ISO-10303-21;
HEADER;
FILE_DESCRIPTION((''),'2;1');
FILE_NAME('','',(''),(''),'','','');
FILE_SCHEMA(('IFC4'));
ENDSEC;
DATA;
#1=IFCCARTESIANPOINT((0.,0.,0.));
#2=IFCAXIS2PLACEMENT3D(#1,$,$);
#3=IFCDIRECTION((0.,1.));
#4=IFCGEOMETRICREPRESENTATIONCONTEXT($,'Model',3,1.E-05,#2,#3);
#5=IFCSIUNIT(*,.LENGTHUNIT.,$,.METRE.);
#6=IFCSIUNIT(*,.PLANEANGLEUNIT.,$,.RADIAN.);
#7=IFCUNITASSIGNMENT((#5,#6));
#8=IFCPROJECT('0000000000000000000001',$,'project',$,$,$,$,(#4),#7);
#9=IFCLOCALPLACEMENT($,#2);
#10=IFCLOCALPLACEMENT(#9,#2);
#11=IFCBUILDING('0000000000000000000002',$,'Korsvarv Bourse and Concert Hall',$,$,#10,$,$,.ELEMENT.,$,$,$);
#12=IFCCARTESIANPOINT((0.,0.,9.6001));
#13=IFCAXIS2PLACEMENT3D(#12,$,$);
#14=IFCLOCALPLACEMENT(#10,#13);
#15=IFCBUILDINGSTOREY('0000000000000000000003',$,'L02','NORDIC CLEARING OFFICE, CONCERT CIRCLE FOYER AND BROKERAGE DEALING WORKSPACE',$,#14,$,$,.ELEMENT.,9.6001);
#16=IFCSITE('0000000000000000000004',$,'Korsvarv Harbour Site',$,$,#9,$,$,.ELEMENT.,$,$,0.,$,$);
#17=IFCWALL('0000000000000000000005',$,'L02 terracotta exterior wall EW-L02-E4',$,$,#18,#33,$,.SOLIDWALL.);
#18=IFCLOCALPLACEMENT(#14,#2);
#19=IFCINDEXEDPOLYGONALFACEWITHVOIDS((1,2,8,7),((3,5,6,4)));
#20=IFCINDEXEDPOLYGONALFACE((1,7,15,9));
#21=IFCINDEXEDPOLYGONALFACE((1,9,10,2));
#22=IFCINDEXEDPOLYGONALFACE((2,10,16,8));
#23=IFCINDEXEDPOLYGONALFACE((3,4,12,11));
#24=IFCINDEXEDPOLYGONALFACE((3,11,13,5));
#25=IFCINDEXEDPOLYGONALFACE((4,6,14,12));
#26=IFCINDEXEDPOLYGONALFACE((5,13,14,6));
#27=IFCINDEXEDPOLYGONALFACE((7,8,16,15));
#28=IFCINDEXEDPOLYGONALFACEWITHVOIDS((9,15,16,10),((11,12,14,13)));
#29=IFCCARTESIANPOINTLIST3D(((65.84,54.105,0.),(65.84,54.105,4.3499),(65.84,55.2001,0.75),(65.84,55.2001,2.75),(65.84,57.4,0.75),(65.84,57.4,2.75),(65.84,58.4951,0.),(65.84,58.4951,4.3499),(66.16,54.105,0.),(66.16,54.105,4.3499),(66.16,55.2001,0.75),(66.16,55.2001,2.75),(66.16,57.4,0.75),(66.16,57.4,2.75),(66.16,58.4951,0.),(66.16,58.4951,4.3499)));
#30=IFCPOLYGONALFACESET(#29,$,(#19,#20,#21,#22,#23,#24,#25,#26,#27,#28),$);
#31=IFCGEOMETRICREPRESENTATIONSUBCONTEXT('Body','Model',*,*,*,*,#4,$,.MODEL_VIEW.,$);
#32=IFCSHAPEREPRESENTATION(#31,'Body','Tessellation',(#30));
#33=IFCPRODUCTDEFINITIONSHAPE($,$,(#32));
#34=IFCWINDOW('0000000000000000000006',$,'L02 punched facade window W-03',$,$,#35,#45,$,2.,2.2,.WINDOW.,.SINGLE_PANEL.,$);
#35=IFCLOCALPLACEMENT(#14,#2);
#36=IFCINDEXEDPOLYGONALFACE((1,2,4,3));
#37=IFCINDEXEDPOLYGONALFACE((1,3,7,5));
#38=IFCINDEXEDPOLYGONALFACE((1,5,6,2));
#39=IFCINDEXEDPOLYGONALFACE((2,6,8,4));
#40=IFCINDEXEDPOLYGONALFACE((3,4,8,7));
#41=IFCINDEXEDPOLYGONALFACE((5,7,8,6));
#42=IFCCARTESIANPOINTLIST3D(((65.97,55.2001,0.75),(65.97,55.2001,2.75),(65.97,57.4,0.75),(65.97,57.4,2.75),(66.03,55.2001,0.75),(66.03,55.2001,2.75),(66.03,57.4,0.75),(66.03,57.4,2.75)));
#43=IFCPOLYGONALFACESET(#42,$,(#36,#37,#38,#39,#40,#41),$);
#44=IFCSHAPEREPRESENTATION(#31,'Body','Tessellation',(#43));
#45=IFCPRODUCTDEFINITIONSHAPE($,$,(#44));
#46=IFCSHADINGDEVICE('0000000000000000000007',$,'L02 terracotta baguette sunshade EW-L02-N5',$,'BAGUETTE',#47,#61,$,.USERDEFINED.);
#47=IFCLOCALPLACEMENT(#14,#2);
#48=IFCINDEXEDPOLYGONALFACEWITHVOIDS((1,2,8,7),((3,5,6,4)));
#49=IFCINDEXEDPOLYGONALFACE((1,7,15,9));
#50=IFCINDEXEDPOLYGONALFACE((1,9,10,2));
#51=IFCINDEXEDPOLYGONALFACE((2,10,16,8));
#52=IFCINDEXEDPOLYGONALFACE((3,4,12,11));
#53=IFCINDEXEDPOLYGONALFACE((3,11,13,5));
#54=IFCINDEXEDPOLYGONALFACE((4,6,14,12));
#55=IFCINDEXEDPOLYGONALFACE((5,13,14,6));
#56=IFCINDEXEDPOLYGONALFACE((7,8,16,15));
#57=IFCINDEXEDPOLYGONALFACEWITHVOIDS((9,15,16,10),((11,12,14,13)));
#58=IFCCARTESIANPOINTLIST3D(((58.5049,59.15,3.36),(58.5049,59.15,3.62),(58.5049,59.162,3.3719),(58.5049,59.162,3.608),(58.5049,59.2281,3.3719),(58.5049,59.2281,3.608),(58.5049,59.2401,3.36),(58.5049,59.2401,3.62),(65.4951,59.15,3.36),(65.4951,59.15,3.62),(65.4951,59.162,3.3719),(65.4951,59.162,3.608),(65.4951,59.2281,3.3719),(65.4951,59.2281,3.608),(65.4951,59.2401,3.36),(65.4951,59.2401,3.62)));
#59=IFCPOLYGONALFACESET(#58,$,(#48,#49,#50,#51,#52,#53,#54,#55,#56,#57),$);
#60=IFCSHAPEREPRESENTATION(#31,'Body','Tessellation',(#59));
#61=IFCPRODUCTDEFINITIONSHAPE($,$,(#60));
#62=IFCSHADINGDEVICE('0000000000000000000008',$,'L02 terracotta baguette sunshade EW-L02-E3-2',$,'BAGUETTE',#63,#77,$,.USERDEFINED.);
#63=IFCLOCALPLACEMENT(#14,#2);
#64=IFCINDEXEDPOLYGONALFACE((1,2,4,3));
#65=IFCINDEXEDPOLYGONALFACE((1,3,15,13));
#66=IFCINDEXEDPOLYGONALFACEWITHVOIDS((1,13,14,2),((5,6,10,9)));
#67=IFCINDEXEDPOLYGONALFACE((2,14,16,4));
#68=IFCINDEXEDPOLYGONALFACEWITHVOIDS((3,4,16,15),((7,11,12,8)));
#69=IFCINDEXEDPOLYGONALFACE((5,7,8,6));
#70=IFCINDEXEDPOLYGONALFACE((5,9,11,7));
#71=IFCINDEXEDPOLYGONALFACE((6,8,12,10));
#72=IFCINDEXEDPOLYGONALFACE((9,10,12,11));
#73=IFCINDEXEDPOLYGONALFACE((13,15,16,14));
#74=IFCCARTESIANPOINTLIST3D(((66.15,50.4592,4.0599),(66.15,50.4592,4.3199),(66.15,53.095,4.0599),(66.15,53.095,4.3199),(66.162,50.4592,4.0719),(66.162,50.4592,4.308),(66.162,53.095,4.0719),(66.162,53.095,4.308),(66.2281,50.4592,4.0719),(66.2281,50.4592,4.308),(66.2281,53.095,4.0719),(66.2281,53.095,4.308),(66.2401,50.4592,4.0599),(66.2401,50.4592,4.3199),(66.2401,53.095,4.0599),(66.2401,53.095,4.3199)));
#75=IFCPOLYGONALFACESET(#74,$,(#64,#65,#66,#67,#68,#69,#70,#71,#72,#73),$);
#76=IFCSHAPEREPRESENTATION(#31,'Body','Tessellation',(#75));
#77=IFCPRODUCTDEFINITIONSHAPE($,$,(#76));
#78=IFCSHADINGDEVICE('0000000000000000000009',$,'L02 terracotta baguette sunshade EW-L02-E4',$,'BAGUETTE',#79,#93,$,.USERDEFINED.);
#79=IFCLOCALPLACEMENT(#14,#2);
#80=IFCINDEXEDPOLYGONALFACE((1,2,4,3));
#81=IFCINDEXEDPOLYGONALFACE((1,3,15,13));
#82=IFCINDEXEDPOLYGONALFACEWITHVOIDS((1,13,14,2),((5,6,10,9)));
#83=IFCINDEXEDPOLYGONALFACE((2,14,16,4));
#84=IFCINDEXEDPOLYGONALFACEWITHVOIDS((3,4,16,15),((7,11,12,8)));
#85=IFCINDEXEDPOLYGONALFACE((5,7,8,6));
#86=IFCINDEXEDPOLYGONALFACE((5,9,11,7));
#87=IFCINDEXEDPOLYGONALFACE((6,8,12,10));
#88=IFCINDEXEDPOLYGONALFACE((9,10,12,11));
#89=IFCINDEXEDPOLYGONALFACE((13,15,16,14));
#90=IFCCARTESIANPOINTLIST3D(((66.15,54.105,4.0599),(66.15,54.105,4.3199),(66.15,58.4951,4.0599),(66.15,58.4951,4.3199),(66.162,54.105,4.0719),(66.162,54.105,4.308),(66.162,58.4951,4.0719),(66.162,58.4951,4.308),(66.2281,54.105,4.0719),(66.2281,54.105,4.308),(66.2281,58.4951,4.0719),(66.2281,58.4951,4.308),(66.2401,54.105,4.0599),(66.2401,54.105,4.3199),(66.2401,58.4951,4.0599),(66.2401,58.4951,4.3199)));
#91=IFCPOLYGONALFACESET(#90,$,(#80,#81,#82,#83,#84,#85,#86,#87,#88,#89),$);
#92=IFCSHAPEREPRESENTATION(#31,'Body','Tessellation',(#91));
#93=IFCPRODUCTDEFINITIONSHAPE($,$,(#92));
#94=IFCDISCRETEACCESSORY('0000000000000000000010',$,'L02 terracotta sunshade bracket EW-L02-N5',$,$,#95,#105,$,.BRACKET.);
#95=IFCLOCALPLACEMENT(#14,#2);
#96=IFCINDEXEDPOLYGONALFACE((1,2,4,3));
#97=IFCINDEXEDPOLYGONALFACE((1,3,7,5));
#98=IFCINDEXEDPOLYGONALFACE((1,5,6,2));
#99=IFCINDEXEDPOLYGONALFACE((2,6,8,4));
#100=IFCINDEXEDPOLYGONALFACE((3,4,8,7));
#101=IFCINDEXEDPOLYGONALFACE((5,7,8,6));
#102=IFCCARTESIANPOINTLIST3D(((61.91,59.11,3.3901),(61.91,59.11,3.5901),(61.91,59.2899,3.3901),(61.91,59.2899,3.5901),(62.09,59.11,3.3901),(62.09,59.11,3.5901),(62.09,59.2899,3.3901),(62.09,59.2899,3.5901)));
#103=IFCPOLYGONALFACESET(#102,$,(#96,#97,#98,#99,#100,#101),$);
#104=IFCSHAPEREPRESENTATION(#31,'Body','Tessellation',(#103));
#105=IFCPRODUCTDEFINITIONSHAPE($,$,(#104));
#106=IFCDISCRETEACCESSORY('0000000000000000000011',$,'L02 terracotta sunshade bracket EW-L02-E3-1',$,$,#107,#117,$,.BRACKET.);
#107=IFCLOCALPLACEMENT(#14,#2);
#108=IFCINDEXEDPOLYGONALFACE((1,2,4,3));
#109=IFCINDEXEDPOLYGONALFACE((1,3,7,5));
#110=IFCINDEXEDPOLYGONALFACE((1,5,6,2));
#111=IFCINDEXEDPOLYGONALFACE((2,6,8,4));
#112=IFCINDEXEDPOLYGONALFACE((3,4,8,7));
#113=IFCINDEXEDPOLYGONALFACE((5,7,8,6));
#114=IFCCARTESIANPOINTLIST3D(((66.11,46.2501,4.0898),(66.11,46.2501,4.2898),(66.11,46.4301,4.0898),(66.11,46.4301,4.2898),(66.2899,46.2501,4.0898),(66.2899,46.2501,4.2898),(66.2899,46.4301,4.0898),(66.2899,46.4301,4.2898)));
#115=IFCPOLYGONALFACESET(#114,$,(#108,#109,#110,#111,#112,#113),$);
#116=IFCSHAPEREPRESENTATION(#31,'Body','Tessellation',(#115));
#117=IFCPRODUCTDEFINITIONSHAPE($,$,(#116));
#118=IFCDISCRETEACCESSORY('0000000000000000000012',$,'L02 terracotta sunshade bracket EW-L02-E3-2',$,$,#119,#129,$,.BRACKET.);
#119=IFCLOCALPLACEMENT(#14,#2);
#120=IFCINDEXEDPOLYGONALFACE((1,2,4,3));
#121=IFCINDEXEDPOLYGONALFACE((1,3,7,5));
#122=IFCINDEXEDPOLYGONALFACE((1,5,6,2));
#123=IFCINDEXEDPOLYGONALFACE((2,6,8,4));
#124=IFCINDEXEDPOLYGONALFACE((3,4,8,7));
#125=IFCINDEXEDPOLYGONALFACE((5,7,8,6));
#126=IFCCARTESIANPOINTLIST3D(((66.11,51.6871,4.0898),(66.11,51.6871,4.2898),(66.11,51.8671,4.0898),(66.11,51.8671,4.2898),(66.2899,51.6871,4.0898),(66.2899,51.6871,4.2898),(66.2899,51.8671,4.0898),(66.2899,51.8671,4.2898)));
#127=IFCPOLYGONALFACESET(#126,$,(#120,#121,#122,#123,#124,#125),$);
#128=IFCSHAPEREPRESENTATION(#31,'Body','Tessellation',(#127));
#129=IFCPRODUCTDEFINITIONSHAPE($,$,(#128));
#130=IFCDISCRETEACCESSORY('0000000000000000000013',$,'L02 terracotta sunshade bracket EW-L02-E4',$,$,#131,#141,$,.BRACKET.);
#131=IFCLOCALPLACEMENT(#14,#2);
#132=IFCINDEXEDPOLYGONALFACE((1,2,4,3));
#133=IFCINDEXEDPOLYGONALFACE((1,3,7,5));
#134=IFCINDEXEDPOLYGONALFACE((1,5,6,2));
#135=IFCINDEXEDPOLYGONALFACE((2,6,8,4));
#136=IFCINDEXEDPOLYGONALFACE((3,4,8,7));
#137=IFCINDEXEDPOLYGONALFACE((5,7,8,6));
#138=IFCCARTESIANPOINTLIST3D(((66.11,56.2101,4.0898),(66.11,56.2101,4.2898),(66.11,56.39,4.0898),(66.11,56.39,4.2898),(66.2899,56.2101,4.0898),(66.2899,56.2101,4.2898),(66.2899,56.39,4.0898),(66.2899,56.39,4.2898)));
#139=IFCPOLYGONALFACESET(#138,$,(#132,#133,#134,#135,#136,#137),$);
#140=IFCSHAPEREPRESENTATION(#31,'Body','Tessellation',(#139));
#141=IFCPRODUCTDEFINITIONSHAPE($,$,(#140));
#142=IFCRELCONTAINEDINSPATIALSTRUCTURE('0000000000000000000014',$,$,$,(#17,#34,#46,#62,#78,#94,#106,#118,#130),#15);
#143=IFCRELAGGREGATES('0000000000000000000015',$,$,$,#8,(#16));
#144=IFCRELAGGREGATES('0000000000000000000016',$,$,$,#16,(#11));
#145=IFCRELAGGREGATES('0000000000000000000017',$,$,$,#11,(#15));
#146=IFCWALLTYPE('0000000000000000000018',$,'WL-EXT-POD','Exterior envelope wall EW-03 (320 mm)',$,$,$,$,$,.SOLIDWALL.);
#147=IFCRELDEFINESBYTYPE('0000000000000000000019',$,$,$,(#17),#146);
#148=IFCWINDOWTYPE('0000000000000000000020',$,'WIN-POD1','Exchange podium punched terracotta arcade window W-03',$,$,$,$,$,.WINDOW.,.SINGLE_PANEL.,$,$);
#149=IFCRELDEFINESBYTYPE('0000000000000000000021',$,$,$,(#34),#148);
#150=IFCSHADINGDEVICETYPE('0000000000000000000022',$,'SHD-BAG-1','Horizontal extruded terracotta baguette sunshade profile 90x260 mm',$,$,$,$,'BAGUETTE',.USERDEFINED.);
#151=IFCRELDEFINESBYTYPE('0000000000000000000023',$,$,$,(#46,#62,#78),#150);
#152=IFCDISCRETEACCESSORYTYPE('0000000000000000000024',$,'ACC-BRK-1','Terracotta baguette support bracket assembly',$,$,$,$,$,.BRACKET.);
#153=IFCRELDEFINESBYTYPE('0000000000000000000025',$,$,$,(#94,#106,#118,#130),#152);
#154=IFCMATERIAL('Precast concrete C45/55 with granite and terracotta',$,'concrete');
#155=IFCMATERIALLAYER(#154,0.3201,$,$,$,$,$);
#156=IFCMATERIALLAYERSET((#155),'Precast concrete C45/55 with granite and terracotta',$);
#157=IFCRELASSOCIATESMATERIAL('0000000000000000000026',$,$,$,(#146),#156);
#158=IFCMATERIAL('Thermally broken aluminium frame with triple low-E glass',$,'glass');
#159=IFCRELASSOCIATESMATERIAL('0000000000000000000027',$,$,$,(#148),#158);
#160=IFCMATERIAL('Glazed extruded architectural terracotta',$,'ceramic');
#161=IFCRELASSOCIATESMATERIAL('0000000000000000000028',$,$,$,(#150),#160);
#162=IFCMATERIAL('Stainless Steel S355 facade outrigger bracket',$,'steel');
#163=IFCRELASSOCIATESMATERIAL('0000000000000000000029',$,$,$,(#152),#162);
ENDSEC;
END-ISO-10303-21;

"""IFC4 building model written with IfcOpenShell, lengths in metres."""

from ifc_helpers import new_model, si_unit, direction, frame, frame_2d, origin, origin_2d, place, context, subcontext, project, spatial, rectangle, hollow_rectangle, extrude, source, transform, mapped, material, layer, layer_set, material_profile, profile_set, type_object, element, fill, save


model = new_model("IFC4")

# Units and contexts
model_context = context("Model", 3, precision=1e-05, world=origin(), true_north=direction((0.0, 1.0)))
body_context = subcontext(model_context, "Body", "Model", "MODEL_VIEW")
ifc_project = project(units=[si_unit("LENGTHUNIT", "METRE"), si_unit("PLANEANGLEUNIT", "RADIAN")], contexts=[model_context])

# Site, building, storey
site_placement = place(None, origin())
site = spatial("IfcSite", under=ifc_project, at=site_placement, Name="Korsvarv Harbour Site", CompositionType="ELEMENT", RefElevation=0.0)
building_placement = place(site_placement, origin())
building = spatial("IfcBuilding", under=site, at=building_placement, Name="Korsvarv Bourse and Concert Hall", CompositionType="ELEMENT")
storey_placement = place(building_placement, frame((0.0, 0.0, 9.6001)))
storey = spatial("IfcBuildingStorey", under=building, at=storey_placement, Name="L02", Description="NORDIC CLEARING OFFICE, CONCERT CIRCLE FOYER AND BROKERAGE DEALING WORKSPACE", CompositionType="ELEMENT", Elevation=9.6001)

# Shared definitions
ifc_material_1 = material(Name="Precast concrete C45/55 with granite and terracotta", Category="concrete")
ifc_layer_1 = layer(ifc_material_1, 0.3201)
ifc_layer_set_1 = layer_set([ifc_layer_1], Name="Precast concrete C45/55 with granite and terracotta")
wall_type = type_object("IfcWallType", Name="WL-EXT-POD", Description="Exterior envelope wall EW-03 (320 mm)", PredefinedType="SOLIDWALL", material=ifc_layer_set_1)
ifc_material_2 = material(Name="Thermally broken aluminium frame with triple low-E glass", Category="glass")
window_type = type_object("IfcWindowType", Name="WIN-POD1", Description="Exchange podium punched terracotta arcade window W-03", PartitioningType="SINGLE_PANEL", PredefinedType="WINDOW", material=ifc_material_2)

# Wall, opening, window
wall_1_placement = place(storey_placement, frame((66.0, 54.105, 0.0), z_axis=(0.0, 0.0, 1.0), x_axis=(0.0, 1.0, 0.0)))
wall_1 = element("IfcWall", 1, at=wall_1_placement, inside=storey, type_object=wall_type, Name="L02 terracotta exterior wall EW-L02-E4", PredefinedType="SOLIDWALL", context=body_context, shape_type="SweptSolid", body=[
    extrude(rectangle(XDim=4.3901, YDim=0.3201, at=frame_2d((2.1951, 0.0))), origin(), (0.0, 0.0, 1.0), 4.3499),
])
opening_1_placement = place(wall_1_placement, frame((1.095, 0.0, 0.75)))
opening_1 = element("IfcOpeningElement", 2, at=opening_1_placement, cuts=wall_1, PredefinedType="OPENING", context=body_context, shape_type="SweptSolid", body=[
    extrude(rectangle(XDim=2.2, YDim=2.0, at=frame_2d((1.1001, 1.0))), frame((0.0, 0.1699, 0.0), z_axis=(0.0, -1.0, 0.0), x_axis=(1.0, 0.0, 0.0)), (0.0, 0.0, 1.0), 0.3401),
])
window_1_placement = place(opening_1_placement, origin())
window_1 = element("IfcWindow", 3, at=window_1_placement, inside=storey, type_object=window_type, Name="L02 punched facade window W-03", OverallHeight=2.0, OverallWidth=2.2, PartitioningType="SINGLE_PANEL", PredefinedType="WINDOW", context=body_context, shape_type="SweptSolid", body=[
    extrude(rectangle(XDim=2.2, YDim=2.0, at=frame_2d((1.1001, 1.0))), frame((0.0, 0.03, 0.0), z_axis=(0.0, -1.0, 0.0), x_axis=(1.0, 0.0, 0.0)), (0.0, 0.0, 1.0), 0.0601),
])
fill(opening_1, window_1)

# Shading devices
ifc_material_3 = material(Name="Glazed extruded architectural terracotta", Category="ceramic")
ifc_material_profile_1 = material_profile(ifc_material_3, hollow_rectangle(XDim=0.0901, YDim=0.26, WallThickness=0.012, at=origin_2d()), Name="TC-BAG 90x260")
ifc_profile_set_1 = profile_set([ifc_material_profile_1], Name="Glazed extruded architectural terracotta")
shading_device_type = type_object("IfcShadingDeviceType", Name="SHD-BAG-1", Description="Horizontal extruded terracotta baguette sunshade profile 90x260 mm", ElementType="BAGUETTE", PredefinedType="USERDEFINED", material=ifc_profile_set_1)
shared_shape_1 = source(origin(), body_context, "Body", "SweptSolid", [
    extrude(hollow_rectangle(XDim=0.0901, YDim=0.26, WallThickness=0.012, at=origin_2d()), origin(), (0.0, 0.0, 1.0), 6.9902),
])
shading_device_1_placement = place(storey_placement, frame((58.5049, 59.1951, 3.49), z_axis=(1.0, 0.0, 0.0), x_axis=(0.0, 1.0, 0.0)))
element("IfcShadingDevice", 4, at=shading_device_1_placement, inside=storey, type_object=shading_device_type, Name="L02 terracotta baguette sunshade EW-L02-N5", ObjectType="BAGUETTE", PredefinedType="USERDEFINED", context=body_context, shape_type="MappedRepresentation", body=[
    mapped(shared_shape_1, transform((0.0, 0.0, 0.0), scale=1.0)),
])
shared_shape_2 = source(origin(), body_context, "Body", "SweptSolid", [
    extrude(hollow_rectangle(XDim=0.0901, YDim=0.26, WallThickness=0.012, at=origin_2d()), origin(), (0.0, 0.0, 1.0), 2.6357),
])
shading_device_2_placement = place(storey_placement, frame((66.1951, 50.4592, 4.1899), z_axis=(0.0, 1.0, 0.0), x_axis=(-1.0, 0.0, 0.0)))
element("IfcShadingDevice", 5, at=shading_device_2_placement, inside=storey, type_object=shading_device_type, Name="L02 terracotta baguette sunshade EW-L02-E3-2", ObjectType="BAGUETTE", PredefinedType="USERDEFINED", context=body_context, shape_type="MappedRepresentation", body=[
    mapped(shared_shape_2, transform((0.0, 0.0, 0.0), scale=1.0)),
])
shared_shape_3 = source(origin(), body_context, "Body", "SweptSolid", [
    extrude(hollow_rectangle(XDim=0.0901, YDim=0.26, WallThickness=0.012, at=origin_2d()), origin(), (0.0, 0.0, 1.0), 4.3901),
])
shading_device_3_placement = place(storey_placement, frame((66.1951, 54.105, 4.1899), z_axis=(0.0, 1.0, 0.0), x_axis=(-1.0, 0.0, 0.0)))
element("IfcShadingDevice", 6, at=shading_device_3_placement, inside=storey, type_object=shading_device_type, Name="L02 terracotta baguette sunshade EW-L02-E4", ObjectType="BAGUETTE", PredefinedType="USERDEFINED", context=body_context, shape_type="MappedRepresentation", body=[
    mapped(shared_shape_3, transform((0.0, 0.0, 0.0), scale=1.0)),
])

# Discrete accessories
ifc_material_4 = material(Name="Stainless Steel S355 facade outrigger bracket", Category="steel")
discrete_accessory_type = type_object("IfcDiscreteAccessoryType", Name="ACC-BRK-1", Description="Terracotta baguette support bracket assembly", PredefinedType="BRACKET", material=ifc_material_4)
shared_shape_4 = source(origin(), body_context, "Body", "SweptSolid", [
    extrude(rectangle(XDim=0.1799, YDim=0.1799, at=origin_2d()), origin(), (0.0, 0.0, 1.0), 0.2),
])
for number, where, z_axis, x_axis, name in (
    (7, (62.0, 59.2, 3.3901), (0.0, 0.0, 1.0), (1.0, 0.0, 0.0), "L02 terracotta sunshade bracket EW-L02-N5"),
    (8, (66.2, 46.3401, 4.0898), (0.0, 0.0, 1.0), (0.0, 1.0, 0.0), "L02 terracotta sunshade bracket EW-L02-E3-1"),
    (9, (66.2, 51.7771, 4.0898), (0.0, 0.0, 1.0), (0.0, 1.0, 0.0), "L02 terracotta sunshade bracket EW-L02-E3-2"),
    (10, (66.2, 56.3, 4.0898), (0.0, 0.0, 1.0), (0.0, 1.0, 0.0), "L02 terracotta sunshade bracket EW-L02-E4"),
):
    element("IfcDiscreteAccessory", number, at=place(storey_placement, frame(where, z_axis=z_axis, x_axis=x_axis)), inside=storey, type_object=discrete_accessory_type, Name=name, PredefinedType="BRACKET", context=body_context, shape_type="MappedRepresentation", body=[
        mapped(shared_shape_4, transform((0.0, 0.0, 0.0), scale=1.0)),
    ])

save(model, "model.ifc")
